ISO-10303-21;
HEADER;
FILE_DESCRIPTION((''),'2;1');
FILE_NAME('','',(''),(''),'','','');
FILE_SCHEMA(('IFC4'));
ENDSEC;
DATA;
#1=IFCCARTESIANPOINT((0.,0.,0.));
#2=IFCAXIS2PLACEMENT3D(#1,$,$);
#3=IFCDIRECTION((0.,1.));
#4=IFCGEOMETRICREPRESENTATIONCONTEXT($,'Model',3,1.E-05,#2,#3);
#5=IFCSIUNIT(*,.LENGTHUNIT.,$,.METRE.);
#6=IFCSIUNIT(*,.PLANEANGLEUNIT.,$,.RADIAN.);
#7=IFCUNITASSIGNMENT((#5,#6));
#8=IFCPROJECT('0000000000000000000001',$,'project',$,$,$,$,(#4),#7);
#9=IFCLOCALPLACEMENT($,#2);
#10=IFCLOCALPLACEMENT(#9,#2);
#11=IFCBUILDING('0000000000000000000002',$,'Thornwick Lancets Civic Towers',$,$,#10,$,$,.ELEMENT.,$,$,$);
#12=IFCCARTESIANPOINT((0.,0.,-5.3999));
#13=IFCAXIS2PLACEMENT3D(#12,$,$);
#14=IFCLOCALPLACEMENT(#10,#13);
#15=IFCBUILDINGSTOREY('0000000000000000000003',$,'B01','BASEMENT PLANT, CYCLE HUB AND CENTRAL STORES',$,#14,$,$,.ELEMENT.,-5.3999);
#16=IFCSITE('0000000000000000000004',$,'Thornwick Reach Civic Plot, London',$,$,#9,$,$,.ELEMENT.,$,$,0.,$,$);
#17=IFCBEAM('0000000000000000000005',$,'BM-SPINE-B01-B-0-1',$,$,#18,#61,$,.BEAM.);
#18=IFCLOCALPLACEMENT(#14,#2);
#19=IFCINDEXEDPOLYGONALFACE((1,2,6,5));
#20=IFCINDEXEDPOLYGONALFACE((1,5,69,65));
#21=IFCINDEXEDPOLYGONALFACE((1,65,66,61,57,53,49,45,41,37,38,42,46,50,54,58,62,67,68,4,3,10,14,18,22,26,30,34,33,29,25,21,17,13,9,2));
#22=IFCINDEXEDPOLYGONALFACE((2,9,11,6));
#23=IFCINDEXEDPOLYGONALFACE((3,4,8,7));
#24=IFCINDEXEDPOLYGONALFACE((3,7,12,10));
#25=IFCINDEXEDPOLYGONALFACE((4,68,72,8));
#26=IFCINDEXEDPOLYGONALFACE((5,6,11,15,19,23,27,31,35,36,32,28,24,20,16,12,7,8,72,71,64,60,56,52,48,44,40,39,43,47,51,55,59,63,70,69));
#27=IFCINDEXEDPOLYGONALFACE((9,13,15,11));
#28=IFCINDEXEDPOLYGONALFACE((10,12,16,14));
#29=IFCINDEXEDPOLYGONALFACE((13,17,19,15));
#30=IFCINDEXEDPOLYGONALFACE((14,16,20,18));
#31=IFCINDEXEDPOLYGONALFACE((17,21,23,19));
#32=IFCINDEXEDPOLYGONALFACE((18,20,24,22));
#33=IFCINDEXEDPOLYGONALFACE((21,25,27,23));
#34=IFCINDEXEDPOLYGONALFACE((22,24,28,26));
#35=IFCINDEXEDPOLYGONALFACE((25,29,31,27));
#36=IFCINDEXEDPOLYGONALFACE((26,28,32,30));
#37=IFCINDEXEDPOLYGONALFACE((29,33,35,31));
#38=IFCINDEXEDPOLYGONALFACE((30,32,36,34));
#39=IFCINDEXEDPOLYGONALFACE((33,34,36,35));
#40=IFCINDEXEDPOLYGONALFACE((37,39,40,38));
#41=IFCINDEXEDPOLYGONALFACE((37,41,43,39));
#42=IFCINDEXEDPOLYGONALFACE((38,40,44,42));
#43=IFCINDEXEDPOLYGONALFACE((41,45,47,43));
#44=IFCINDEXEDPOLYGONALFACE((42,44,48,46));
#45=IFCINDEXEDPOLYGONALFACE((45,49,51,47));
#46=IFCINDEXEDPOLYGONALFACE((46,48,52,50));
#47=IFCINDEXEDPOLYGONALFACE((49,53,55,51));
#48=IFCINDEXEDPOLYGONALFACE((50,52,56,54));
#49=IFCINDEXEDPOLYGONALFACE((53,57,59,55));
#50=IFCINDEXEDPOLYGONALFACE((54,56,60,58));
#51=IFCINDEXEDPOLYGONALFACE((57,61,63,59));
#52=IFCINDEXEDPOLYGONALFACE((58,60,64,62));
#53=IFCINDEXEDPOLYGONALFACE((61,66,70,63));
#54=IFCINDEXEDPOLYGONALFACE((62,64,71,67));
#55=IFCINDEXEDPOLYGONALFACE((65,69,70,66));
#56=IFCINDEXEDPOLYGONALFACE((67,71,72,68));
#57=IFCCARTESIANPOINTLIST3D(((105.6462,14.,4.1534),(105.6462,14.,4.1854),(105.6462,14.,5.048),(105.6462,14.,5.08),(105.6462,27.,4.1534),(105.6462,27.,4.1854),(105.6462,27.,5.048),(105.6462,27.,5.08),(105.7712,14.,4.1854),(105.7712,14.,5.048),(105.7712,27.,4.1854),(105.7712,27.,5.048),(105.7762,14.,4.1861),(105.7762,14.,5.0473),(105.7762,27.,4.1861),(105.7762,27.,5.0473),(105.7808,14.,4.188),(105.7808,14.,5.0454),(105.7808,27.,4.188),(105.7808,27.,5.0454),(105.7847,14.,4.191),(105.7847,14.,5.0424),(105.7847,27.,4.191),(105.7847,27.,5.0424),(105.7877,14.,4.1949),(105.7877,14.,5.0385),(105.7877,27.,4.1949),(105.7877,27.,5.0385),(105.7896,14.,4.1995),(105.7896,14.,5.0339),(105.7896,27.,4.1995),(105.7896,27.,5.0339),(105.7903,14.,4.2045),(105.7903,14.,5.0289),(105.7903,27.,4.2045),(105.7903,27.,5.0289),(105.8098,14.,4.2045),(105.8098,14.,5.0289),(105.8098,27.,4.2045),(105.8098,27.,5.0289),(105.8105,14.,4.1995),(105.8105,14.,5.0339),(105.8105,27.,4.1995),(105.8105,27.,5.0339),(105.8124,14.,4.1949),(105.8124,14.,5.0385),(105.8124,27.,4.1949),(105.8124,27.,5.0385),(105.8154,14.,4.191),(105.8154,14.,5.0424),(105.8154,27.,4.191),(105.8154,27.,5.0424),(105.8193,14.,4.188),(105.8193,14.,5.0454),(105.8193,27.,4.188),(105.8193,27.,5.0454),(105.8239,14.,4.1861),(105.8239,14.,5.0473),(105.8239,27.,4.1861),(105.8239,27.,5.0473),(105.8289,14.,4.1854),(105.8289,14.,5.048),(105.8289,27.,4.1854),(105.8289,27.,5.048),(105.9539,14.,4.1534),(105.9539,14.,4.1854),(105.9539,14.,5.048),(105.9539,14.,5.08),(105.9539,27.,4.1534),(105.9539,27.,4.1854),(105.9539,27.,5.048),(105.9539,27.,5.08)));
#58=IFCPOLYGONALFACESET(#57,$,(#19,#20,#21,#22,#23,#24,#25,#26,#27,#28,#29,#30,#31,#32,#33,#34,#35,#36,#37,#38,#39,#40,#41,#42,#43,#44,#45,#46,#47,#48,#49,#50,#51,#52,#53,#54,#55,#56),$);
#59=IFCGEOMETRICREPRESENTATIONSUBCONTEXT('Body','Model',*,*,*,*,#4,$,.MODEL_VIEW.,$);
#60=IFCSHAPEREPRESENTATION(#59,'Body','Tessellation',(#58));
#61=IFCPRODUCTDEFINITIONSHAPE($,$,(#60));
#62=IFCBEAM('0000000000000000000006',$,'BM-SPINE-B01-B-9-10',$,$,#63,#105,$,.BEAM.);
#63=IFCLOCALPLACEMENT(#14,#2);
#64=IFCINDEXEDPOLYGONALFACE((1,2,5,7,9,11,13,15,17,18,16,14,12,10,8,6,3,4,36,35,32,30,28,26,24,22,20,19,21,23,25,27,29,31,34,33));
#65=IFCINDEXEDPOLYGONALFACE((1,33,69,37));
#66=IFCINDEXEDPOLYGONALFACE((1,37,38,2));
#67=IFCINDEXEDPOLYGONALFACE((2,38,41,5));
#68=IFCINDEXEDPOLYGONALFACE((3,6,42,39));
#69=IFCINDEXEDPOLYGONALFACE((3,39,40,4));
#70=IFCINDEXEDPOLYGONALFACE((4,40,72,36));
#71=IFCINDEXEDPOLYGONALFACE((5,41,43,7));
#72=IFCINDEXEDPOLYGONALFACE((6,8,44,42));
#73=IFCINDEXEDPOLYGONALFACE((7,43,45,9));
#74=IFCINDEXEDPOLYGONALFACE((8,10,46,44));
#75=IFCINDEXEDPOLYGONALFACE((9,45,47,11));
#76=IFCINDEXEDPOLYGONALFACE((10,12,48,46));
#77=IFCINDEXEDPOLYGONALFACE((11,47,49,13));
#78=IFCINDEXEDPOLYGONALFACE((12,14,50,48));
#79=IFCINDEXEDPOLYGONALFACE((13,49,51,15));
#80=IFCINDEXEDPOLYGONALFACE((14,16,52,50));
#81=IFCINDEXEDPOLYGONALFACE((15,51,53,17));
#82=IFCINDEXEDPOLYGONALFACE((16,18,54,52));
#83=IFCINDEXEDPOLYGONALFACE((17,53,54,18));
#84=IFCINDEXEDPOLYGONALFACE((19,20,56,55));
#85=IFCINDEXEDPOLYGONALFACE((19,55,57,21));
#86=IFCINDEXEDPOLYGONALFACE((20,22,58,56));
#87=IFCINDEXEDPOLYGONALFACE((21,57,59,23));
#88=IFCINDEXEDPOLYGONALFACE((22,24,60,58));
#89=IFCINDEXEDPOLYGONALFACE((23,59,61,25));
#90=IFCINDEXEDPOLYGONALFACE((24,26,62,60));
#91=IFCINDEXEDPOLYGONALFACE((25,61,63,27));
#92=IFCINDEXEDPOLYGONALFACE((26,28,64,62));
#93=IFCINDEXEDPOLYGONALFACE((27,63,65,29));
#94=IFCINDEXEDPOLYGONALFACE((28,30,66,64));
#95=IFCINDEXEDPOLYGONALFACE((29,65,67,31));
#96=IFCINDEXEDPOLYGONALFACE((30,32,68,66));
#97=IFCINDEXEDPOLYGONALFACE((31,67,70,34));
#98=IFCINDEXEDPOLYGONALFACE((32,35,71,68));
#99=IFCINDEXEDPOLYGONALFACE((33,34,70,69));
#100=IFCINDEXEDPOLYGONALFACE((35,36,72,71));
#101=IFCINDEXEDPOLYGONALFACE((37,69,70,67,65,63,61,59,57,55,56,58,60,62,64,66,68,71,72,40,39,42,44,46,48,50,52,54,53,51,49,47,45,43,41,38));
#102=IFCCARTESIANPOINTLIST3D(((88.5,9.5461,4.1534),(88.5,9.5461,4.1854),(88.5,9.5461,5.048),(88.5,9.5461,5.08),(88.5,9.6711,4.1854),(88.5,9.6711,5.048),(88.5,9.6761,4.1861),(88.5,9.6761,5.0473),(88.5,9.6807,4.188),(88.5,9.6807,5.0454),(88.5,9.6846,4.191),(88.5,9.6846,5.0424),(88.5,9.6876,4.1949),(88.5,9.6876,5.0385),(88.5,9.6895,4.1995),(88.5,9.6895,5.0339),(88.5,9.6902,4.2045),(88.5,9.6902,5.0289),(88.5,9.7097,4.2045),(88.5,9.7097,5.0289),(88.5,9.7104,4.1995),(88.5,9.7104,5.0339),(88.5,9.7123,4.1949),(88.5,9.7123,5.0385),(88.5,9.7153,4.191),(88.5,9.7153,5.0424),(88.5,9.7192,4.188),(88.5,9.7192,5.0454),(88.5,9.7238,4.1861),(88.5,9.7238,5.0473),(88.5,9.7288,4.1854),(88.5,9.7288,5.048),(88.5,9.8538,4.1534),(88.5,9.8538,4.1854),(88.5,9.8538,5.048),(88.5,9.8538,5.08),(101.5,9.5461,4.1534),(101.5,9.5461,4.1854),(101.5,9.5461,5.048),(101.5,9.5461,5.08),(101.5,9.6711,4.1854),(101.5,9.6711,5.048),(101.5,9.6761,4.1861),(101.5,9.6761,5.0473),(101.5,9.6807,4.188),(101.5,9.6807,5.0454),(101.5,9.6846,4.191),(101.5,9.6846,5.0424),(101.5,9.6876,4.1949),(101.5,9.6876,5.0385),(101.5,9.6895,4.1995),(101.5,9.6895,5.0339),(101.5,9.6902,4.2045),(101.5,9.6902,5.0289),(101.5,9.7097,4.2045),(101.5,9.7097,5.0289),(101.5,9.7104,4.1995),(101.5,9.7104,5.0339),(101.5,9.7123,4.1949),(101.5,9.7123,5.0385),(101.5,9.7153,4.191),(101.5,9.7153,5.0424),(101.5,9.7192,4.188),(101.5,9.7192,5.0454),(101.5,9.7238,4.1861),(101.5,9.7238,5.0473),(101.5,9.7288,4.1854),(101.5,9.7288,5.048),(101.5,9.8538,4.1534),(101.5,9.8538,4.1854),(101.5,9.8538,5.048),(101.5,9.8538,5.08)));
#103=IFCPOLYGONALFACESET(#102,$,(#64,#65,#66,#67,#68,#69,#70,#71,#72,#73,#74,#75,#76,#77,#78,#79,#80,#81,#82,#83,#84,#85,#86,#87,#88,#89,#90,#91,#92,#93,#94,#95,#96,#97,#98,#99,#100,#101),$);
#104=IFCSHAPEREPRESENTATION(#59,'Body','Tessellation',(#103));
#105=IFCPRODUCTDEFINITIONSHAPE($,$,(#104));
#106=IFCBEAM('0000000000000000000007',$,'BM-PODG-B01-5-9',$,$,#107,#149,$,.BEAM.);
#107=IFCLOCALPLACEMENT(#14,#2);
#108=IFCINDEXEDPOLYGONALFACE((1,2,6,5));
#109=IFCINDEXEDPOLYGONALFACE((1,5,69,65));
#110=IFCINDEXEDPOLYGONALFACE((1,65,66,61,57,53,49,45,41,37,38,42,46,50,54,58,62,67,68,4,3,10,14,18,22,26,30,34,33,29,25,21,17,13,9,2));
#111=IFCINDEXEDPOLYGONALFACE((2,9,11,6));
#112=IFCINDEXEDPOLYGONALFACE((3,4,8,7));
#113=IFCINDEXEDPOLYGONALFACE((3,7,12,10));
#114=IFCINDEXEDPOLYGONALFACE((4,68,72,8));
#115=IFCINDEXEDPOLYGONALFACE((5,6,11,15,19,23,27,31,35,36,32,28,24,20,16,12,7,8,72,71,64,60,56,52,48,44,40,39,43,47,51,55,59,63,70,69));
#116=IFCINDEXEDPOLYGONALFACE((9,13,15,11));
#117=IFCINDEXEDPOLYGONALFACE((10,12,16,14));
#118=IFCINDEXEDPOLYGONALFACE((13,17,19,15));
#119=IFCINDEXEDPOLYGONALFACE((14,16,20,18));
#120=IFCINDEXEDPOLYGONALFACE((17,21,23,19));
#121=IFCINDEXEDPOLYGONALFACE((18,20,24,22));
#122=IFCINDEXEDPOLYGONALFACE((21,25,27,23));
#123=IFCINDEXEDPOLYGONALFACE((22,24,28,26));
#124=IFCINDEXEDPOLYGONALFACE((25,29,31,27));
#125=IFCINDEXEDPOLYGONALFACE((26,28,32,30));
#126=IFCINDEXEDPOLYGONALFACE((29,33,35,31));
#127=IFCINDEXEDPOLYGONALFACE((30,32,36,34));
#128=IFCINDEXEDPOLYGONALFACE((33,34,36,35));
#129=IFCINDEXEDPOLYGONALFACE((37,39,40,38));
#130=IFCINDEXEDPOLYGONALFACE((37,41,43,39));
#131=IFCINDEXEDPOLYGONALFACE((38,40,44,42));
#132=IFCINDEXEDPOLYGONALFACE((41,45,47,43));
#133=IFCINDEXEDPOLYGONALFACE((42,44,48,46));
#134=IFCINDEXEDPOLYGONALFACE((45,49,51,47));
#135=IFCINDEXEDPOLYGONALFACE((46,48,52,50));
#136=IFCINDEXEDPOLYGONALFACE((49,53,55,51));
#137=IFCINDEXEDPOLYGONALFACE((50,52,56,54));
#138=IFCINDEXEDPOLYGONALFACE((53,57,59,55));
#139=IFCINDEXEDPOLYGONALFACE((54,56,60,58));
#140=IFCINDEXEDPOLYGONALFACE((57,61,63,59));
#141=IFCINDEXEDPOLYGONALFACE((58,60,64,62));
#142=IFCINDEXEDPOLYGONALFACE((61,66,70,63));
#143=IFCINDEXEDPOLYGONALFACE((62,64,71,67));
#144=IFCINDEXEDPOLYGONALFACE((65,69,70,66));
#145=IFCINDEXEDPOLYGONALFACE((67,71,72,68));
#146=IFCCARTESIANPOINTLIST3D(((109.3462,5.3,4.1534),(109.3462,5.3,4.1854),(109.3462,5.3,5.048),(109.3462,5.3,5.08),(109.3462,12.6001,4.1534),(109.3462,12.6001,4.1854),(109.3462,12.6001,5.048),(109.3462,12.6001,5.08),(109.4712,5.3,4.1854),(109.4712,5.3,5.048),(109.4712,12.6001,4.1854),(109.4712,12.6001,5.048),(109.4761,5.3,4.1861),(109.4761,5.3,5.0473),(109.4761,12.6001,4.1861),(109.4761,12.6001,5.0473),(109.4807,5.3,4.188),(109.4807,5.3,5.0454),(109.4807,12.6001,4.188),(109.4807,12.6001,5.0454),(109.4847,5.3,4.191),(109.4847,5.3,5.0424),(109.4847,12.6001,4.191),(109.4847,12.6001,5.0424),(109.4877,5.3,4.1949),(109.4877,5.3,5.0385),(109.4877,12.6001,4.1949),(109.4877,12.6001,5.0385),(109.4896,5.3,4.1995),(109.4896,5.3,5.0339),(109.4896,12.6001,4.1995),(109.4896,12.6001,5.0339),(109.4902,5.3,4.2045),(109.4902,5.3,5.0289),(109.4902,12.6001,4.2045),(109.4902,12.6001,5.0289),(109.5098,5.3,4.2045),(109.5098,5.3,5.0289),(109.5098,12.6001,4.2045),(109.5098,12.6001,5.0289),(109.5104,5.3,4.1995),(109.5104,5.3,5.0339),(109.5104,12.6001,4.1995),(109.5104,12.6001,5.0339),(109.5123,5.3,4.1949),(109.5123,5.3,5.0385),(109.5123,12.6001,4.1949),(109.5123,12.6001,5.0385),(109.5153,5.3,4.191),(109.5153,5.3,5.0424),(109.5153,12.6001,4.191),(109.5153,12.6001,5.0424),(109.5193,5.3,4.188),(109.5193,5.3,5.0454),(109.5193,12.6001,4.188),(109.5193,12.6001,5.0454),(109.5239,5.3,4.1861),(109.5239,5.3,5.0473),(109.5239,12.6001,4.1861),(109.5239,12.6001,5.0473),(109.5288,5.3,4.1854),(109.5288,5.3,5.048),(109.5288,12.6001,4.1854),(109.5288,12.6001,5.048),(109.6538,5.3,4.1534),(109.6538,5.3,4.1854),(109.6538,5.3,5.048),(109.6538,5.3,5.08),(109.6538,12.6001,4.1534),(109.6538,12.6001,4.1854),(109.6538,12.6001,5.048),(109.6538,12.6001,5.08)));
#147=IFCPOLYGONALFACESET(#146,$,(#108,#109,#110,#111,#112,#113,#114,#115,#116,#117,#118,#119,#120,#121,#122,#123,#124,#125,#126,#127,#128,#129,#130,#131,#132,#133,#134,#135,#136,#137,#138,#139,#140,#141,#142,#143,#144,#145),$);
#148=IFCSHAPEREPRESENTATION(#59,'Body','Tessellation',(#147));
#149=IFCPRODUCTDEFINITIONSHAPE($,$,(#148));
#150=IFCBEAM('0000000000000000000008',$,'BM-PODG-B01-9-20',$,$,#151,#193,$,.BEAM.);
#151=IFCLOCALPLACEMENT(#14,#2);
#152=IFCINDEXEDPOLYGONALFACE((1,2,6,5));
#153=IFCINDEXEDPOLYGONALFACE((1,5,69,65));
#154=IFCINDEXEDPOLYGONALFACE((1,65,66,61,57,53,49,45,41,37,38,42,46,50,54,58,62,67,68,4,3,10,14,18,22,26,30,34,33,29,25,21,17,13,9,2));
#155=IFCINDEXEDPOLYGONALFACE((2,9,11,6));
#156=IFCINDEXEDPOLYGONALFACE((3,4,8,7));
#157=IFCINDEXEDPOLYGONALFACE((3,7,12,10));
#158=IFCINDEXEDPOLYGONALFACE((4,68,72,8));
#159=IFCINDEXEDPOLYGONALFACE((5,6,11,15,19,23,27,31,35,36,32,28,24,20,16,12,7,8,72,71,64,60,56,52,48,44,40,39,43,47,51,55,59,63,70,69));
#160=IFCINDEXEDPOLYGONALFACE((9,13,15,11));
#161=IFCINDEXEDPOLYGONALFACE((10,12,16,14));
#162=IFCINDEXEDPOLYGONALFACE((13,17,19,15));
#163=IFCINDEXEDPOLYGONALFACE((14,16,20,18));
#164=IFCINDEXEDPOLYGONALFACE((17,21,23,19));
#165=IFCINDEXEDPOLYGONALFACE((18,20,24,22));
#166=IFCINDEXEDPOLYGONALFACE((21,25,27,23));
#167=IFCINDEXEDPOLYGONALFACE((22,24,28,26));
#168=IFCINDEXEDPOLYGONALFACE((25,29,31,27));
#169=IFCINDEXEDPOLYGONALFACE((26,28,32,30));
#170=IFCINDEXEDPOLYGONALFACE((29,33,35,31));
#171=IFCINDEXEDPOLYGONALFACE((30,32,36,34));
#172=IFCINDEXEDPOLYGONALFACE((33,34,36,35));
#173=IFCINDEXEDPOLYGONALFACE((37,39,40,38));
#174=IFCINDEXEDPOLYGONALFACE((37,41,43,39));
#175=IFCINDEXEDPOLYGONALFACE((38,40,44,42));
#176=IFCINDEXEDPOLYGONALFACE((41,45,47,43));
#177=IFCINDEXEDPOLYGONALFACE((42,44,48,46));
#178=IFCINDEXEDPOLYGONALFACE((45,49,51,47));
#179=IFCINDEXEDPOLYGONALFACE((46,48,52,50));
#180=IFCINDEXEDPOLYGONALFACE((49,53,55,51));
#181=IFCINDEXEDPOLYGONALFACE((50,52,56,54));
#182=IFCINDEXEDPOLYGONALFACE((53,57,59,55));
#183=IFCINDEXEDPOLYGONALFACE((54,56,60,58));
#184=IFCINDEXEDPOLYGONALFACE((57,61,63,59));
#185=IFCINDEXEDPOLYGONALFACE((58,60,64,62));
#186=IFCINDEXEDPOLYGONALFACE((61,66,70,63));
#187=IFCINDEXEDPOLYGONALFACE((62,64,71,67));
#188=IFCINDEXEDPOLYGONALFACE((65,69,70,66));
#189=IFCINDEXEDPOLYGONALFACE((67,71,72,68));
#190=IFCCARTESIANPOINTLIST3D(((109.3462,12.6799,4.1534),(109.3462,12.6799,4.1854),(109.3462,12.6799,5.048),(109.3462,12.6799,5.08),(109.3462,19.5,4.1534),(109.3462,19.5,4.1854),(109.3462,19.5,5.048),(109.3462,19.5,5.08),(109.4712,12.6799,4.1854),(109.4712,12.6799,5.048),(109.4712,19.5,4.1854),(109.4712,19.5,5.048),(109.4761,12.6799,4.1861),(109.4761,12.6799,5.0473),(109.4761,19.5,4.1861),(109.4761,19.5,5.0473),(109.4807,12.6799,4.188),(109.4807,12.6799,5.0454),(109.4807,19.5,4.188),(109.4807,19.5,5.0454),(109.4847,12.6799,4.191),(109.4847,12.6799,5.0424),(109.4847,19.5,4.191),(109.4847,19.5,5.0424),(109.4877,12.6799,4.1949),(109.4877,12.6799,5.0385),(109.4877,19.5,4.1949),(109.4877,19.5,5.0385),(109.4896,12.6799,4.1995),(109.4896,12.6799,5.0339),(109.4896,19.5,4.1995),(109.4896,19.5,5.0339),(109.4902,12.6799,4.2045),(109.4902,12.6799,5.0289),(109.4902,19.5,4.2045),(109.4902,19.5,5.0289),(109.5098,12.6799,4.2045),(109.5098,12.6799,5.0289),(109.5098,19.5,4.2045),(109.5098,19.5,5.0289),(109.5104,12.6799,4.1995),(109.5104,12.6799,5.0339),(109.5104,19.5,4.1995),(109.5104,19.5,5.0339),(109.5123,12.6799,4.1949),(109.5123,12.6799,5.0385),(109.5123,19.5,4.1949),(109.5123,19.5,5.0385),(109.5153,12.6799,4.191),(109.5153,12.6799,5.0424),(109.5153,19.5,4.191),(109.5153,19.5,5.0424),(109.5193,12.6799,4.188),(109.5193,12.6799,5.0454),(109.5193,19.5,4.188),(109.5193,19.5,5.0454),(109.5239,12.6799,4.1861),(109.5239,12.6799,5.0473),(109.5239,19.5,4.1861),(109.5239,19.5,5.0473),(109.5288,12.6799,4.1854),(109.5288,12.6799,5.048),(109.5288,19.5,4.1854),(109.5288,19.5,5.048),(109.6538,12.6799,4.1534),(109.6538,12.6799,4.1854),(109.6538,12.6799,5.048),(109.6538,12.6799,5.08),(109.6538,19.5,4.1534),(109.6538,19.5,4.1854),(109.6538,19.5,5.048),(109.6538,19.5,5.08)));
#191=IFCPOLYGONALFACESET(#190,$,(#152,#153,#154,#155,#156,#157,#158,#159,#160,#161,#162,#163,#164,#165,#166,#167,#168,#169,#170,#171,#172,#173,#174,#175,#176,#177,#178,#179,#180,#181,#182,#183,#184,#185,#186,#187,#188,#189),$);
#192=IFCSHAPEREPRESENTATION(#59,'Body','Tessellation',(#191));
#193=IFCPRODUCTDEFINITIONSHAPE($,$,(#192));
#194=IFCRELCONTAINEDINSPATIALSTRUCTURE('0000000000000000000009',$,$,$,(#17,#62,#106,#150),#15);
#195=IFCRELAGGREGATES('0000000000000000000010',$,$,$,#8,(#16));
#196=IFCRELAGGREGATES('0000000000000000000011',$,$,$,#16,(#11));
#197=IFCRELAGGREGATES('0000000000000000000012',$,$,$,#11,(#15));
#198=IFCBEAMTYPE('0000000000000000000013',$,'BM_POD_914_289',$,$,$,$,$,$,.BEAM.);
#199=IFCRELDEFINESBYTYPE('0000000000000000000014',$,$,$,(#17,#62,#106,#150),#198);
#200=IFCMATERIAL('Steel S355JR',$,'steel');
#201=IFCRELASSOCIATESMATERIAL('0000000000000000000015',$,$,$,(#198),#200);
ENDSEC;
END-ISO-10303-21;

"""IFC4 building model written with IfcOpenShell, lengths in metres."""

from ifc_helpers import new_model, si_unit, direction, frame, origin, origin_2d, place, context, subcontext, project, spatial, i_section, extrude, material, material_profile, profile_set, type_object, element, save


model = new_model("IFC4")

# Units and contexts
model_context = context("Model", 3, precision=1e-05, world=origin(), true_north=direction((0.0, 1.0)))
body_context = subcontext(model_context, "Body", "Model", "MODEL_VIEW")
ifc_project = project(units=[si_unit("LENGTHUNIT", "METRE"), si_unit("PLANEANGLEUNIT", "RADIAN")], contexts=[model_context])

# Site, building, storey
site_placement = place(None, origin())
site = spatial("IfcSite", under=ifc_project, at=site_placement, Name="Thornwick Reach Civic Plot, London", CompositionType="ELEMENT", RefElevation=0.0)
building_placement = place(site_placement, origin())
building = spatial("IfcBuilding", under=site, at=building_placement, Name="Thornwick Lancets Civic Towers", CompositionType="ELEMENT")
storey_placement = place(building_placement, frame((0.0, 0.0, -5.3999)))
storey = spatial("IfcBuildingStorey", under=building, at=storey_placement, Name="B01", Description="BASEMENT PLANT, CYCLE HUB AND CENTRAL STORES", CompositionType="ELEMENT", Elevation=-5.3999)

# Beams
ifc_material_1 = material(Name="Steel S355JR", Category="steel")
ifc_material_profile_1 = material_profile(ifc_material_1, i_section(OverallWidth=0.3076, OverallDepth=0.9265, WebThickness=0.0195, FlangeThickness=0.032, FilletRadius=0.019, at=origin_2d()), Name="UKB 914x305x289")
ifc_profile_set_1 = profile_set([ifc_material_profile_1], Name="Steel S355JR")
beam_type = type_object("IfcBeamType", Name="BM_POD_914_289", PredefinedType="BEAM", material=ifc_profile_set_1)
for number, where, z_axis, x_axis, name in (
    (1, (105.8, 14.0, 4.6167), (0.0, 1.0, 0.0), (-1.0, 0.0, 0.0), "BM-SPINE-B01-B-0-1"),
    (2, (101.5, 9.7, 4.6167), (-1.0, 0.0, 0.0), (0.0, -1.0, 0.0), "BM-SPINE-B01-B-9-10"),
):
    element("IfcBeam", number, at=place(storey_placement, frame(where, z_axis=z_axis, x_axis=x_axis)), inside=storey, type_object=beam_type, Name=name, PredefinedType="BEAM", context=body_context, shape_type="SweptSolid", body=[
        extrude(i_section(OverallWidth=0.3076, OverallDepth=0.9265, WebThickness=0.0195, FlangeThickness=0.032, FilletRadius=0.019, at=origin_2d()), origin(), (0.0, 0.0, 1.0), 13.0),
    ])
beam_1_placement = place(storey_placement, frame((109.5, 5.3, 4.6167), z_axis=(0.0, 1.0, 0.0), x_axis=(-1.0, 0.0, 0.0)))
element("IfcBeam", 3, at=beam_1_placement, inside=storey, type_object=beam_type, Name="BM-PODG-B01-5-9", PredefinedType="BEAM", context=body_context, shape_type="SweptSolid", body=[
    extrude(i_section(OverallWidth=0.3076, OverallDepth=0.9265, WebThickness=0.0195, FlangeThickness=0.032, FilletRadius=0.019, at=origin_2d()), origin(), (0.0, 0.0, 1.0), 7.3),
])
beam_2_placement = place(storey_placement, frame((109.5, 12.6799, 4.6167), z_axis=(0.0, 1.0, 0.0), x_axis=(-1.0, 0.0, 0.0)))
element("IfcBeam", 4, at=beam_2_placement, inside=storey, type_object=beam_type, Name="BM-PODG-B01-9-20", PredefinedType="BEAM", context=body_context, shape_type="SweptSolid", body=[
    extrude(i_section(OverallWidth=0.3076, OverallDepth=0.9265, WebThickness=0.0195, FlangeThickness=0.032, FilletRadius=0.019, at=origin_2d()), origin(), (0.0, 0.0, 1.0), 6.8201),
])

save(model, "model.ifc")
